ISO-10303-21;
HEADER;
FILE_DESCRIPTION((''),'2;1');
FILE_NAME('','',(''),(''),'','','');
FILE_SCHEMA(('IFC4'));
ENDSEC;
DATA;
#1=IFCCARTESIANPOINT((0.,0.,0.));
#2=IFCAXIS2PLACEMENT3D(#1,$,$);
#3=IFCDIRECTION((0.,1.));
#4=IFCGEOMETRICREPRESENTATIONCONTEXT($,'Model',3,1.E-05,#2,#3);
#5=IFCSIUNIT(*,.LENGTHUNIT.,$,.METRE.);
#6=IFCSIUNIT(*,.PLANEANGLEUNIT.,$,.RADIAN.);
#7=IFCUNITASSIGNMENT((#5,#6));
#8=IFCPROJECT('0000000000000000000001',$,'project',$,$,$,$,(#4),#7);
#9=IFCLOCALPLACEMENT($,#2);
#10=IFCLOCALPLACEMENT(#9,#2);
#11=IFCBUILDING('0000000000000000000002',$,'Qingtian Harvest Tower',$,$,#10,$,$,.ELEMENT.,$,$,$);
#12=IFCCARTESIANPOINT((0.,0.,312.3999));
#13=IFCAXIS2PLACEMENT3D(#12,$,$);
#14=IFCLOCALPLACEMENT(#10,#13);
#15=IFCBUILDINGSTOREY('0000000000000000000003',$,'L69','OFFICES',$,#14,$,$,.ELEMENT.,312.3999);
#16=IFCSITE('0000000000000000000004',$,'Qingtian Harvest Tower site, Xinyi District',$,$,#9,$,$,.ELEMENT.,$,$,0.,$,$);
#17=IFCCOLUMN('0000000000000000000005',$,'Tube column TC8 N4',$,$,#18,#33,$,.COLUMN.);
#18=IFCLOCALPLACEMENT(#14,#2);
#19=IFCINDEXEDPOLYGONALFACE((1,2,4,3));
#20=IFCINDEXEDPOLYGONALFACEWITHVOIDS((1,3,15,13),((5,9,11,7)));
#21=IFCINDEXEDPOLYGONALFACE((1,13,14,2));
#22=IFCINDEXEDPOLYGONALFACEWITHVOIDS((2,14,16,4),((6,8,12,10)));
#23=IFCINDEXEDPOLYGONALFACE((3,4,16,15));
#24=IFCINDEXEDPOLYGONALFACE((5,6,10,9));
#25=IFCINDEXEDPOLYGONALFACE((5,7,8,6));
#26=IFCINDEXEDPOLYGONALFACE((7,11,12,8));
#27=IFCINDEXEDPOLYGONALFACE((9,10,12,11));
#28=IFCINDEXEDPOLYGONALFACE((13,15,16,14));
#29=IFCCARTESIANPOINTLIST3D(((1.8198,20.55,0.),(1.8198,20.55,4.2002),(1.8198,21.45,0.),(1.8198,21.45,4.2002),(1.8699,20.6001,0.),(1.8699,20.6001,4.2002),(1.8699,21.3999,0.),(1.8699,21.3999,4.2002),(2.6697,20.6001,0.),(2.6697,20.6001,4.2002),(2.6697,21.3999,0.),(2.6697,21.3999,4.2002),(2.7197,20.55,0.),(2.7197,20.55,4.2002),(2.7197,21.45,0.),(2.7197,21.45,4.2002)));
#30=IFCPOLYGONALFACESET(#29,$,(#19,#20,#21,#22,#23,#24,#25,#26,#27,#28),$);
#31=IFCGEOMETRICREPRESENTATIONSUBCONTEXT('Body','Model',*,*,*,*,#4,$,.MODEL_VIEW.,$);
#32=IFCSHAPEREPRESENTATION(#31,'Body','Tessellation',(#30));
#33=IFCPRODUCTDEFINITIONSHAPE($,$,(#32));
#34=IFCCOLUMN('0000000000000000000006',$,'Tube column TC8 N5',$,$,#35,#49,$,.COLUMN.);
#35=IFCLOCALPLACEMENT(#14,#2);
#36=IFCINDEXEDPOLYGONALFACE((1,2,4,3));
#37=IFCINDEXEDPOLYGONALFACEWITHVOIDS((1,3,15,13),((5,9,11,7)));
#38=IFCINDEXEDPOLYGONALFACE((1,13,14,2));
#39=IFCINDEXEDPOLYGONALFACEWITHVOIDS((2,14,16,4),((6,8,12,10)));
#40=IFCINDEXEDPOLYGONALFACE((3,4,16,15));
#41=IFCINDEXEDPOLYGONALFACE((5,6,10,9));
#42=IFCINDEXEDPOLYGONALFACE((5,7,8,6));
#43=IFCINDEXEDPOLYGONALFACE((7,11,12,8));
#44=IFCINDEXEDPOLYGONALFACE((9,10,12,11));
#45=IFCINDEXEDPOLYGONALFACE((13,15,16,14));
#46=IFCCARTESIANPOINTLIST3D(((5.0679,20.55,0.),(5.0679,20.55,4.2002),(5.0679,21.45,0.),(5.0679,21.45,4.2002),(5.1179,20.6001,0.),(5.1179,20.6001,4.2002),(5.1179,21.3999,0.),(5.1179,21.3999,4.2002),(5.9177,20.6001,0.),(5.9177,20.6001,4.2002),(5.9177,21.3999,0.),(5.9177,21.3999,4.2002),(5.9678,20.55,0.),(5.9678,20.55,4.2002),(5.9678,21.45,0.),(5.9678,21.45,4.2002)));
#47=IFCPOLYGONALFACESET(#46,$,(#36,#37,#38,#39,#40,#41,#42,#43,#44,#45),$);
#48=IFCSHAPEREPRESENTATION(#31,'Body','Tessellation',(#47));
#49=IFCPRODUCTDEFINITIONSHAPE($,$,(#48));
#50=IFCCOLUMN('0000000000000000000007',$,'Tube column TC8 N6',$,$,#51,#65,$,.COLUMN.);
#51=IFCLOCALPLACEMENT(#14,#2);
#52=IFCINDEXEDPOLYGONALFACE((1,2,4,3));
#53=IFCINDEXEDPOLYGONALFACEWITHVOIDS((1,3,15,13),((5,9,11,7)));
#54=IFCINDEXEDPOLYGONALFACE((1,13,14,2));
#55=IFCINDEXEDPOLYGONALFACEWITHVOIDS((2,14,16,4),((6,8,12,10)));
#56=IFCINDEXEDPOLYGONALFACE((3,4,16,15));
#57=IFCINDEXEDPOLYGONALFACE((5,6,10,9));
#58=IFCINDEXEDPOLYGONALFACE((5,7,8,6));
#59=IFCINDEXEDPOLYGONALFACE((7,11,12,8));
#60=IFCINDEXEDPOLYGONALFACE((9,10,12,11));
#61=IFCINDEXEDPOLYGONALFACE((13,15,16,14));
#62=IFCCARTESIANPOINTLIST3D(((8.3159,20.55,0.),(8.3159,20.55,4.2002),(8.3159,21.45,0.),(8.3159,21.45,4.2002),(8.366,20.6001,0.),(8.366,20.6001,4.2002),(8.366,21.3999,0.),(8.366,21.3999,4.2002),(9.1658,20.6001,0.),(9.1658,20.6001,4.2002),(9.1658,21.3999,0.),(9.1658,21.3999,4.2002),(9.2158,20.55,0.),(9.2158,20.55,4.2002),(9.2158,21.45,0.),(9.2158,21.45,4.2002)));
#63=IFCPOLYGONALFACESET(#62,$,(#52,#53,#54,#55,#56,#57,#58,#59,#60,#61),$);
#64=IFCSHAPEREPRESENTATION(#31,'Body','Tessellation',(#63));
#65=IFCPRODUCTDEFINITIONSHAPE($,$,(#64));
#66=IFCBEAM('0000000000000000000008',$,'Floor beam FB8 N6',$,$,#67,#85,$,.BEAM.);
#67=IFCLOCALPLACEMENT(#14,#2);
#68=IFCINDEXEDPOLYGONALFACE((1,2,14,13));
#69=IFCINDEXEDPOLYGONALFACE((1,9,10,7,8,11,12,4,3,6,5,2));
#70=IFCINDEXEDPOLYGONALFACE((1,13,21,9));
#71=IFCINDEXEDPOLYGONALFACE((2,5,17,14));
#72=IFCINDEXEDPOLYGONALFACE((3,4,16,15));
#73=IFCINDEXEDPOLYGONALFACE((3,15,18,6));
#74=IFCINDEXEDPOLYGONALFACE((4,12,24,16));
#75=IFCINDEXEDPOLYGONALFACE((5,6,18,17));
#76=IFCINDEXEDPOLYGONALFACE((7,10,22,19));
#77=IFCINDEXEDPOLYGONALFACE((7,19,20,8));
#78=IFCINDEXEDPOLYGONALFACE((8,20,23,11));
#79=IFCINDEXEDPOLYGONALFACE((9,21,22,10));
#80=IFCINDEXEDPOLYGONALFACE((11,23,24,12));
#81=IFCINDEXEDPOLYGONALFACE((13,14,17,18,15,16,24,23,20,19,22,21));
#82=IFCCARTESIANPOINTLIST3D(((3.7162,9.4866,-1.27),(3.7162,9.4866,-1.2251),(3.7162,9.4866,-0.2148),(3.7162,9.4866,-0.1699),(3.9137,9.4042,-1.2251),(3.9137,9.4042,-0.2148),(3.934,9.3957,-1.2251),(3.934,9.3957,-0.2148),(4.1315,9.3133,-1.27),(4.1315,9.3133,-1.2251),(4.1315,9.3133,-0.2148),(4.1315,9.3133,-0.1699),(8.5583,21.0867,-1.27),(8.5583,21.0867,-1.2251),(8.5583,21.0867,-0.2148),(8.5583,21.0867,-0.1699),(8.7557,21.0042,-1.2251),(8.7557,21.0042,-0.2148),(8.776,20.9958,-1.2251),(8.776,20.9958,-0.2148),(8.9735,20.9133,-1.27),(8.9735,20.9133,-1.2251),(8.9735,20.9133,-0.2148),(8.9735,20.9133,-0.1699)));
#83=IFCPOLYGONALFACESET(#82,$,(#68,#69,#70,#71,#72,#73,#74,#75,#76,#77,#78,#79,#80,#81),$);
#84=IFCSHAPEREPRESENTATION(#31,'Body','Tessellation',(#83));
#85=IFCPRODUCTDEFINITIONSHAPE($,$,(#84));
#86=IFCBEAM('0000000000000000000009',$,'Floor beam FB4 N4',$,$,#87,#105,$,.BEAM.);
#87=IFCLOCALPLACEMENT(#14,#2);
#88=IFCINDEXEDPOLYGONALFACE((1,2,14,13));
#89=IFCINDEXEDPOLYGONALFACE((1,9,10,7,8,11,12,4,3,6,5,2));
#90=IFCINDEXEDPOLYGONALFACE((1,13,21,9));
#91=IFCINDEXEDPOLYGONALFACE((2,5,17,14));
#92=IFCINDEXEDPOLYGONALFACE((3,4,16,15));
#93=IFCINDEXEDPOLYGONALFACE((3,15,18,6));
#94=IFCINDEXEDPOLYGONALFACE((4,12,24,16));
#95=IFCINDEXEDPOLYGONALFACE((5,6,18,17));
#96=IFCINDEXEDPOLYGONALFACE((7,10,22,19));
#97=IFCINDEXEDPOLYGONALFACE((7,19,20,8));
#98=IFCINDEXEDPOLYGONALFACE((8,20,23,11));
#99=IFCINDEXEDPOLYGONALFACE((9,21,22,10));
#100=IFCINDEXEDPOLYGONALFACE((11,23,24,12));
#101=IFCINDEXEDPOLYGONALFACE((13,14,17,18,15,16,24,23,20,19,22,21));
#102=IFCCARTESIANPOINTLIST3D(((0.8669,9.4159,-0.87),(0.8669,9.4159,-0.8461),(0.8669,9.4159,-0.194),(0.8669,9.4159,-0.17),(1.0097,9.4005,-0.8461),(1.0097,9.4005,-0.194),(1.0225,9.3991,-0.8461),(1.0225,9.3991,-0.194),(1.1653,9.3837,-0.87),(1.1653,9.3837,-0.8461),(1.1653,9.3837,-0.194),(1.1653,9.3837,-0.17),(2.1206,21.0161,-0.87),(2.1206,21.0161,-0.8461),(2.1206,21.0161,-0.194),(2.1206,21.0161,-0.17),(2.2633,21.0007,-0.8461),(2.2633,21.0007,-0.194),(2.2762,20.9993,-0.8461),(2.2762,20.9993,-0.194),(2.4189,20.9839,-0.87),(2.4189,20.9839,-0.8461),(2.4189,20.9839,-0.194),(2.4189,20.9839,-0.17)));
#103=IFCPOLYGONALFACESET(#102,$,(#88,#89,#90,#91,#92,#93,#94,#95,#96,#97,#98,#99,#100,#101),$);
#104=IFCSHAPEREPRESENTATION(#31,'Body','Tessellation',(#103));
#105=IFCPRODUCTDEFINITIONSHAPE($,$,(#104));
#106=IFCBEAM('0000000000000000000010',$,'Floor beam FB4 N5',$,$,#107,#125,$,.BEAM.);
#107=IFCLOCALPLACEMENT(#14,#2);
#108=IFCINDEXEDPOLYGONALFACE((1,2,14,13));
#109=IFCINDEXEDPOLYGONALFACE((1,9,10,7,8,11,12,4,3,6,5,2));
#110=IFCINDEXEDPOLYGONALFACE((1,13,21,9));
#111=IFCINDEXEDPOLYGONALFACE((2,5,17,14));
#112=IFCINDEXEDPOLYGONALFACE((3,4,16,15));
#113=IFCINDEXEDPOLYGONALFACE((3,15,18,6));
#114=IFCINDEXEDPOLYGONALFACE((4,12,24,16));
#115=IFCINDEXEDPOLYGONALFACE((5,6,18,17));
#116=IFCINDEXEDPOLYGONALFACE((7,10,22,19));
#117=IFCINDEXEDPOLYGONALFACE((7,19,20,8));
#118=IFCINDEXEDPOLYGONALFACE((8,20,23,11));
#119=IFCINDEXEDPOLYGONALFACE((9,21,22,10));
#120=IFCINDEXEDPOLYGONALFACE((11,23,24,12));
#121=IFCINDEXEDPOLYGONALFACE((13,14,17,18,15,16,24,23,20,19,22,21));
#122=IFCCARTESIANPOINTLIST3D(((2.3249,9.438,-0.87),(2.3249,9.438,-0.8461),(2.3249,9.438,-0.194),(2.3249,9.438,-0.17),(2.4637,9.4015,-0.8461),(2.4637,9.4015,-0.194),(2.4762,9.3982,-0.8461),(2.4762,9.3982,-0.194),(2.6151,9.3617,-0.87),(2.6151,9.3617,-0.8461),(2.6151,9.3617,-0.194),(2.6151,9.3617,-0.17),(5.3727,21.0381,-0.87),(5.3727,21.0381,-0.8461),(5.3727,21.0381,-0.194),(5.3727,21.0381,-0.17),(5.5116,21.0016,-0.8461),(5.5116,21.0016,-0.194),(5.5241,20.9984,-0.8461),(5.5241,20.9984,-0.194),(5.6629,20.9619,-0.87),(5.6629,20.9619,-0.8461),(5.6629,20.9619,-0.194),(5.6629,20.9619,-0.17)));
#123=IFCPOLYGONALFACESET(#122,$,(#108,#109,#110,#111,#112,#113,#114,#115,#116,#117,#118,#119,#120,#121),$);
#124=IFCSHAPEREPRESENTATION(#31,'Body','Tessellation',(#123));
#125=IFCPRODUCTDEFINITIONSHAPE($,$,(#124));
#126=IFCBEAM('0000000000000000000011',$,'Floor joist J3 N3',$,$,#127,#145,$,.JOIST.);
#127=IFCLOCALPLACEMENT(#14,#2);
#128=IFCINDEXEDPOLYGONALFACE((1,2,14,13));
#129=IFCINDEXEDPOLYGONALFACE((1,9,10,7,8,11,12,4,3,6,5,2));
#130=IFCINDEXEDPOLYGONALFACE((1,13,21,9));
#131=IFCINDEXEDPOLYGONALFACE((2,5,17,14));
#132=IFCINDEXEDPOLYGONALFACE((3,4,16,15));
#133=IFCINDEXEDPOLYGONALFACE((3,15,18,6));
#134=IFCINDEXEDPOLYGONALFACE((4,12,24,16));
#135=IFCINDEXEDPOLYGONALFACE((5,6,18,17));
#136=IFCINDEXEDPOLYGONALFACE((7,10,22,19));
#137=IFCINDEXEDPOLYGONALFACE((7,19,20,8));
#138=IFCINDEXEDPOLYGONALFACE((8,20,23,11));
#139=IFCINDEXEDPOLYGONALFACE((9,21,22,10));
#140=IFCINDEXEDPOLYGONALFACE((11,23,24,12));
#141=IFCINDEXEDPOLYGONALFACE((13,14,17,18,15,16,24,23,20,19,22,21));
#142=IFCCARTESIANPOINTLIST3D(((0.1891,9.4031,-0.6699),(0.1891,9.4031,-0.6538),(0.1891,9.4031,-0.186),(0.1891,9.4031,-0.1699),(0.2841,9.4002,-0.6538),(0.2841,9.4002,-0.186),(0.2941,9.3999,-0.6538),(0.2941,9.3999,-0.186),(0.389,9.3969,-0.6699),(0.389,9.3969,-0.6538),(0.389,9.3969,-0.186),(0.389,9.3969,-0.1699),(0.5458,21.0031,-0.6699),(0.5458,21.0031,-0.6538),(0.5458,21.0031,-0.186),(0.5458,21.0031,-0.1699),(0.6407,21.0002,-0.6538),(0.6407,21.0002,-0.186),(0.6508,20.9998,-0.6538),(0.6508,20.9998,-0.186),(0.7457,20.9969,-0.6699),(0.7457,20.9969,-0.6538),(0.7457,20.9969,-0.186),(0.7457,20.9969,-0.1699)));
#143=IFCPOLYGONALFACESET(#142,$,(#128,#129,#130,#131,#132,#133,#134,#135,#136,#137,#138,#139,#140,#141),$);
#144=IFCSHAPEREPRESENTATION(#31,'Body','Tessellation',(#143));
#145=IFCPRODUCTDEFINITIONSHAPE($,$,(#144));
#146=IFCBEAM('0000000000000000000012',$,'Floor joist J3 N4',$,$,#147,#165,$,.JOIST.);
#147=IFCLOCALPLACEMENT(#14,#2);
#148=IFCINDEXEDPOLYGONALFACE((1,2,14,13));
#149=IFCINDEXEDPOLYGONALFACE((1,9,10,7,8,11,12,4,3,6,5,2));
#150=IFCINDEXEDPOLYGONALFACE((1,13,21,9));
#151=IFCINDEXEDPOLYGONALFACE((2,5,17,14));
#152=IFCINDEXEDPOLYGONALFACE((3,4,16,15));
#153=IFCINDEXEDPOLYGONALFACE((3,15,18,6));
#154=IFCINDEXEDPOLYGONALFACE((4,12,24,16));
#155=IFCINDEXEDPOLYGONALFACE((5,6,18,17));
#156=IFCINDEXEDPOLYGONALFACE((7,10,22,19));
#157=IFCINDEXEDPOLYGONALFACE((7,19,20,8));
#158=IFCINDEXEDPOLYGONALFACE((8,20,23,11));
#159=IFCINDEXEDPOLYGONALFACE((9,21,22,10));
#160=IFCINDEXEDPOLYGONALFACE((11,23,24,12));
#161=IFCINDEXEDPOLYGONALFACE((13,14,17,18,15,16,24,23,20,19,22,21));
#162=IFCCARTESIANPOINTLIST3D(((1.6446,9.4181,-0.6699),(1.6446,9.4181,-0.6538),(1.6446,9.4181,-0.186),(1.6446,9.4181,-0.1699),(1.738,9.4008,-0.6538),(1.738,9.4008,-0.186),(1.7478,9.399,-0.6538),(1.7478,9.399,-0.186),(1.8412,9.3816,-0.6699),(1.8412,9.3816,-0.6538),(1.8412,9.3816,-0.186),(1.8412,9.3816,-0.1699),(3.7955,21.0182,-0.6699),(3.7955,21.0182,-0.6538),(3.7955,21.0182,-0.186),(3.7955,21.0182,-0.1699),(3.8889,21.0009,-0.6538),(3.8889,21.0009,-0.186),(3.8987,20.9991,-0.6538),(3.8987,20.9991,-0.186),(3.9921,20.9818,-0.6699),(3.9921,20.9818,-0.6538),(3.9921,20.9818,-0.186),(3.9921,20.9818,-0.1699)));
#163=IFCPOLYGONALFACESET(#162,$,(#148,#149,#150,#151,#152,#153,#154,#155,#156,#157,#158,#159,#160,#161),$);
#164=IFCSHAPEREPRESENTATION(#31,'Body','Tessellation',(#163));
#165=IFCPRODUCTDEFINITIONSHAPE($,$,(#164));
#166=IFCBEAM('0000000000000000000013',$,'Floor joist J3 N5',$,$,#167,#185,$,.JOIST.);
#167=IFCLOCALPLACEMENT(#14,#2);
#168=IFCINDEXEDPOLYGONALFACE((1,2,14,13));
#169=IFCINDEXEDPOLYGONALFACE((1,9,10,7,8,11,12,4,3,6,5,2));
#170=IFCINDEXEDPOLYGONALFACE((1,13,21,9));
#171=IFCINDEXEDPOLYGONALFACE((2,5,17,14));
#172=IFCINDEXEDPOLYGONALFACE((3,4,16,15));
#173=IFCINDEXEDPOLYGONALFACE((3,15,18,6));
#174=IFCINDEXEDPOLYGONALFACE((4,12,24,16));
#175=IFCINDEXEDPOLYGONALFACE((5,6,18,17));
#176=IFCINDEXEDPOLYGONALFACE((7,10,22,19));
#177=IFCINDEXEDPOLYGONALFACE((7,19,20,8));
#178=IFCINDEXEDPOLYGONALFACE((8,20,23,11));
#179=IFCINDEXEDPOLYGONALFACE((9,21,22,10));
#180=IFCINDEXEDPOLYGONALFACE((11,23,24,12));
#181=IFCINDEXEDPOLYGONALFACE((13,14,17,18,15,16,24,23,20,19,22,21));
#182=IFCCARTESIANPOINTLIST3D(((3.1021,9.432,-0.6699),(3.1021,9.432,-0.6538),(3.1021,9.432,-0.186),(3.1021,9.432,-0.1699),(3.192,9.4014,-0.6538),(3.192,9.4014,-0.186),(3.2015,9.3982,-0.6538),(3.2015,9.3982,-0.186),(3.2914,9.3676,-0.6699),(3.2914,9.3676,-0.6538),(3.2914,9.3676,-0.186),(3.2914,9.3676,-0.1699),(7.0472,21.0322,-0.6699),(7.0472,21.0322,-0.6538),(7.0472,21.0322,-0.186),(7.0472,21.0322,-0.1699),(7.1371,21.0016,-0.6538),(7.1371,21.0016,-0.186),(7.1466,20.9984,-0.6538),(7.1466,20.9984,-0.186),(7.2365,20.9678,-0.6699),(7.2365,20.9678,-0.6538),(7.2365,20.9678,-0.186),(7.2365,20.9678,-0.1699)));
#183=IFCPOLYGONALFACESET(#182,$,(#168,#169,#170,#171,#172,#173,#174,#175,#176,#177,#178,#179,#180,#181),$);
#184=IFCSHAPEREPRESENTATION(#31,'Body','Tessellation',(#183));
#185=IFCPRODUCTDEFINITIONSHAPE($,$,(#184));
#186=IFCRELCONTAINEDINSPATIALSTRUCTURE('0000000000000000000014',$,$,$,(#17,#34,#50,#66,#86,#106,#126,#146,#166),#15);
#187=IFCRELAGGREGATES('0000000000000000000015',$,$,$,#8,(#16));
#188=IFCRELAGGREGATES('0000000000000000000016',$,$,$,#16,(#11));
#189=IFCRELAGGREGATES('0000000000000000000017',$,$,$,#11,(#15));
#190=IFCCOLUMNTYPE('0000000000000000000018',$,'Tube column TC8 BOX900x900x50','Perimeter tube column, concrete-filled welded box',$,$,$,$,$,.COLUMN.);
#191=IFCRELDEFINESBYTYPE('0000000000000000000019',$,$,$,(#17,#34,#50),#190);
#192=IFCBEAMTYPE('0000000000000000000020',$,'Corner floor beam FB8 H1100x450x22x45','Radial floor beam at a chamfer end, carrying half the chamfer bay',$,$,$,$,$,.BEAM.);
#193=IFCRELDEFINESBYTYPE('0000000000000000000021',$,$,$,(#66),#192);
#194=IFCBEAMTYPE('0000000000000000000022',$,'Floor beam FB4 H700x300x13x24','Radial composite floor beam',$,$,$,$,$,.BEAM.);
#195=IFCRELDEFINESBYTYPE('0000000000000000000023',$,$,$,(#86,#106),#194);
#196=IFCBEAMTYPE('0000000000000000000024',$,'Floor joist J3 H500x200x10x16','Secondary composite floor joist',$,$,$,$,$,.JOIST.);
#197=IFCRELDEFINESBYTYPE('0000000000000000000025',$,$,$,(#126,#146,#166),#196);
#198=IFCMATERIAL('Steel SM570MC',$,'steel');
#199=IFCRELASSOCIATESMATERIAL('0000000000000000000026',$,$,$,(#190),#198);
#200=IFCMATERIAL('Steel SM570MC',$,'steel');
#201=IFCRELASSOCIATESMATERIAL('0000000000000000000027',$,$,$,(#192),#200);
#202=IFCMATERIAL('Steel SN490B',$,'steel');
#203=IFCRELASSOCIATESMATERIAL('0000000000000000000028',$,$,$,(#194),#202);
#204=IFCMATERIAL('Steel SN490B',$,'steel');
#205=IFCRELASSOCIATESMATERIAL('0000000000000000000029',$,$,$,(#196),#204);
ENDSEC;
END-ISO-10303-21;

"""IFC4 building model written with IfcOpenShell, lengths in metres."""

from ifc_helpers import new_model, si_unit, direction, frame, origin, origin_2d, place, context, subcontext, project, spatial, hollow_rectangle, i_section, extrude, material, material_profile, profile_set, type_object, element, save


model = new_model("IFC4")

# Units and contexts
model_context = context("Model", 3, precision=1e-05, world=origin(), true_north=direction((0.0, 1.0)))
body_context = subcontext(model_context, "Body", "Model", "MODEL_VIEW")
ifc_project = project(units=[si_unit("LENGTHUNIT", "METRE"), si_unit("PLANEANGLEUNIT", "RADIAN")], contexts=[model_context])

# Site, building, storey
site_placement = place(None, origin())
site = spatial("IfcSite", under=ifc_project, at=site_placement, Name="Qingtian Harvest Tower site, Xinyi District", CompositionType="ELEMENT", RefElevation=0.0)
building_placement = place(site_placement, origin())
building = spatial("IfcBuilding", under=site, at=building_placement, Name="Qingtian Harvest Tower", CompositionType="ELEMENT")
storey_placement = place(building_placement, frame((0.0, 0.0, 312.3999)))
storey = spatial("IfcBuildingStorey", under=building, at=storey_placement, Name="L69", Description="OFFICES", CompositionType="ELEMENT", Elevation=312.3999)

# Columns
ifc_material_1 = material(Name="Steel SM570MC", Category="steel")
ifc_material_profile_1 = material_profile(ifc_material_1, hollow_rectangle(XDim=0.8999, YDim=0.8999, WallThickness=0.05, at=origin_2d()), Name="BOX900x900x50")
ifc_profile_set_1 = profile_set([ifc_material_profile_1], Name="Steel SM570MC")
column_type = type_object("IfcColumnType", Name="Tube column TC8 BOX900x900x50", Description="Perimeter tube column, concrete-filled welded box", PredefinedType="COLUMN", material=ifc_profile_set_1)
for number, where, z_axis, x_axis, name in (
    (1, (2.2698, 21.0, 0.0), (0.0, 0.0, 1.0), (-1.0, 0.0, 0.0), "Tube column TC8 N4"),
    (2, (5.5178, 21.0, 0.0), (0.0, 0.0, 1.0), (-1.0, 0.0, 0.0), "Tube column TC8 N5"),
    (3, (8.7659, 21.0, 0.0), (0.0, 0.0, 1.0), (-1.0, 0.0, 0.0), "Tube column TC8 N6"),
):
    element("IfcColumn", number, at=place(storey_placement, frame(where, z_axis=z_axis, x_axis=x_axis)), inside=storey, type_object=column_type, Name=name, PredefinedType="COLUMN", context=body_context, shape_type="SweptSolid", body=[
        extrude(hollow_rectangle(XDim=0.8999, YDim=0.8999, WallThickness=0.05, at=origin_2d()), origin(), (0.0, 0.0, 1.0), 4.2002),
    ])

# Beams
ifc_material_2 = material(Name="Steel SM570MC", Category="steel")
ifc_material_profile_2 = material_profile(ifc_material_2, i_section(OverallWidth=0.45, OverallDepth=1.1001, WebThickness=0.022, FlangeThickness=0.0449, at=origin_2d()), Name="H1100x450x22x45")
ifc_profile_set_2 = profile_set([ifc_material_profile_2], Name="Steel SM570MC")
beam_type_1 = type_object("IfcBeamType", Name="Corner floor beam FB8 H1100x450x22x45", Description="Radial floor beam at a chamfer end, carrying half the chamfer bay", PredefinedType="BEAM", material=ifc_profile_set_2)
beam_1_placement = place(storey_placement, frame((8.7659, 21.0, -0.72), z_axis=(-0.385203, -0.922832, 0.0), x_axis=(0.922832, -0.385203, 0.0)))
element("IfcBeam", 4, at=beam_1_placement, inside=storey, type_object=beam_type_1, Name="Floor beam FB8 N6", PredefinedType="BEAM", context=body_context, shape_type="SweptSolid", body=[
    extrude(i_section(OverallWidth=0.45, OverallDepth=1.1001, WebThickness=0.022, FlangeThickness=0.0449, at=origin_2d()), origin(), (0.0, 0.0, 1.0), 12.5701),
])
ifc_material_3 = material(Name="Steel SN490B", Category="steel")
ifc_material_profile_3 = material_profile(ifc_material_3, i_section(OverallWidth=0.3, OverallDepth=0.7, WebThickness=0.0129, FlangeThickness=0.0239, at=origin_2d()), Name="H700x300x13x24")
ifc_profile_set_3 = profile_set([ifc_material_profile_3], Name="Steel SN490B")
beam_type_2 = type_object("IfcBeamType", Name="Floor beam FB4 H700x300x13x24", Description="Radial composite floor beam", PredefinedType="BEAM", material=ifc_profile_set_3)
beam_2_placement = place(storey_placement, frame((2.2698, 21.0, -0.52), z_axis=(-0.107448, -0.994211, 0.0), x_axis=(0.994211, -0.107448, 0.0)))
element("IfcBeam", 5, at=beam_2_placement, inside=storey, type_object=beam_type_2, Name="Floor beam FB4 N4", PredefinedType="BEAM", context=body_context, shape_type="SweptSolid", body=[
    extrude(i_section(OverallWidth=0.3, OverallDepth=0.7, WebThickness=0.0129, FlangeThickness=0.0239, at=origin_2d()), origin(), (0.0, 0.0, 1.0), 11.6677),
])
beam_3_placement = place(storey_placement, frame((5.5178, 21.0, -0.52), z_axis=(-0.254119, -0.967173, 0.0), x_axis=(0.967173, -0.254119, 0.0)))
element("IfcBeam", 6, at=beam_3_placement, inside=storey, type_object=beam_type_2, Name="Floor beam FB4 N5", PredefinedType="BEAM", context=body_context, shape_type="SweptSolid", body=[
    extrude(i_section(OverallWidth=0.3, OverallDepth=0.7, WebThickness=0.0129, FlangeThickness=0.0239, at=origin_2d()), origin(), (0.0, 0.0, 1.0), 11.9939),
])
ifc_material_4 = material(Name="Steel SN490B", Category="steel")
ifc_material_profile_4 = material_profile(ifc_material_4, i_section(OverallWidth=0.2, OverallDepth=0.5, WebThickness=0.01, FlangeThickness=0.0161, at=origin_2d()), Name="H500x200x10x16")
ifc_profile_set_4 = profile_set([ifc_material_profile_4], Name="Steel SN490B")
beam_type_3 = type_object("IfcBeamType", Name="Floor joist J3 H500x200x10x16", Description="Secondary composite floor joist", PredefinedType="JOIST", material=ifc_profile_set_4)
beam_4_placement = place(storey_placement, frame((0.6458, 21.0, -0.4199), z_axis=(-0.030734, -0.999528, 0.0), x_axis=(0.999528, -0.030734, 0.0)))
element("IfcBeam", 7, at=beam_4_placement, inside=storey, type_object=beam_type_3, Name="Floor joist J3 N3", PredefinedType="JOIST", context=body_context, shape_type="SweptSolid", body=[
    extrude(i_section(OverallWidth=0.2, OverallDepth=0.5, WebThickness=0.01, FlangeThickness=0.0161, at=origin_2d()), origin(), (0.0, 0.0, 1.0), 11.6055),
])
beam_5_placement = place(storey_placement, frame((3.8938, 21.0, -0.4199), z_axis=(-0.182312, -0.983241, 0.0), x_axis=(0.983241, -0.182312, 0.0)))
element("IfcBeam", 8, at=beam_5_placement, inside=storey, type_object=beam_type_3, Name="Floor joist J3 N4", PredefinedType="JOIST", context=body_context, shape_type="SweptSolid", body=[
    extrude(i_section(OverallWidth=0.2, OverallDepth=0.5, WebThickness=0.01, FlangeThickness=0.0161, at=origin_2d()), origin(), (0.0, 0.0, 1.0), 11.7979),
])
beam_6_placement = place(storey_placement, frame((7.1418, 21.0, -0.4199), z_axis=(-0.321978, -0.946747, 0.0), x_axis=(0.946747, -0.321978, 0.0)))
element("IfcBeam", 9, at=beam_6_placement, inside=storey, type_object=beam_type_3, Name="Floor joist J3 N5", PredefinedType="JOIST", context=body_context, shape_type="SweptSolid", body=[
    extrude(i_section(OverallWidth=0.2, OverallDepth=0.5, WebThickness=0.01, FlangeThickness=0.0161, at=origin_2d()), origin(), (0.0, 0.0, 1.0), 12.2527),
])

save(model, "model.ifc")
